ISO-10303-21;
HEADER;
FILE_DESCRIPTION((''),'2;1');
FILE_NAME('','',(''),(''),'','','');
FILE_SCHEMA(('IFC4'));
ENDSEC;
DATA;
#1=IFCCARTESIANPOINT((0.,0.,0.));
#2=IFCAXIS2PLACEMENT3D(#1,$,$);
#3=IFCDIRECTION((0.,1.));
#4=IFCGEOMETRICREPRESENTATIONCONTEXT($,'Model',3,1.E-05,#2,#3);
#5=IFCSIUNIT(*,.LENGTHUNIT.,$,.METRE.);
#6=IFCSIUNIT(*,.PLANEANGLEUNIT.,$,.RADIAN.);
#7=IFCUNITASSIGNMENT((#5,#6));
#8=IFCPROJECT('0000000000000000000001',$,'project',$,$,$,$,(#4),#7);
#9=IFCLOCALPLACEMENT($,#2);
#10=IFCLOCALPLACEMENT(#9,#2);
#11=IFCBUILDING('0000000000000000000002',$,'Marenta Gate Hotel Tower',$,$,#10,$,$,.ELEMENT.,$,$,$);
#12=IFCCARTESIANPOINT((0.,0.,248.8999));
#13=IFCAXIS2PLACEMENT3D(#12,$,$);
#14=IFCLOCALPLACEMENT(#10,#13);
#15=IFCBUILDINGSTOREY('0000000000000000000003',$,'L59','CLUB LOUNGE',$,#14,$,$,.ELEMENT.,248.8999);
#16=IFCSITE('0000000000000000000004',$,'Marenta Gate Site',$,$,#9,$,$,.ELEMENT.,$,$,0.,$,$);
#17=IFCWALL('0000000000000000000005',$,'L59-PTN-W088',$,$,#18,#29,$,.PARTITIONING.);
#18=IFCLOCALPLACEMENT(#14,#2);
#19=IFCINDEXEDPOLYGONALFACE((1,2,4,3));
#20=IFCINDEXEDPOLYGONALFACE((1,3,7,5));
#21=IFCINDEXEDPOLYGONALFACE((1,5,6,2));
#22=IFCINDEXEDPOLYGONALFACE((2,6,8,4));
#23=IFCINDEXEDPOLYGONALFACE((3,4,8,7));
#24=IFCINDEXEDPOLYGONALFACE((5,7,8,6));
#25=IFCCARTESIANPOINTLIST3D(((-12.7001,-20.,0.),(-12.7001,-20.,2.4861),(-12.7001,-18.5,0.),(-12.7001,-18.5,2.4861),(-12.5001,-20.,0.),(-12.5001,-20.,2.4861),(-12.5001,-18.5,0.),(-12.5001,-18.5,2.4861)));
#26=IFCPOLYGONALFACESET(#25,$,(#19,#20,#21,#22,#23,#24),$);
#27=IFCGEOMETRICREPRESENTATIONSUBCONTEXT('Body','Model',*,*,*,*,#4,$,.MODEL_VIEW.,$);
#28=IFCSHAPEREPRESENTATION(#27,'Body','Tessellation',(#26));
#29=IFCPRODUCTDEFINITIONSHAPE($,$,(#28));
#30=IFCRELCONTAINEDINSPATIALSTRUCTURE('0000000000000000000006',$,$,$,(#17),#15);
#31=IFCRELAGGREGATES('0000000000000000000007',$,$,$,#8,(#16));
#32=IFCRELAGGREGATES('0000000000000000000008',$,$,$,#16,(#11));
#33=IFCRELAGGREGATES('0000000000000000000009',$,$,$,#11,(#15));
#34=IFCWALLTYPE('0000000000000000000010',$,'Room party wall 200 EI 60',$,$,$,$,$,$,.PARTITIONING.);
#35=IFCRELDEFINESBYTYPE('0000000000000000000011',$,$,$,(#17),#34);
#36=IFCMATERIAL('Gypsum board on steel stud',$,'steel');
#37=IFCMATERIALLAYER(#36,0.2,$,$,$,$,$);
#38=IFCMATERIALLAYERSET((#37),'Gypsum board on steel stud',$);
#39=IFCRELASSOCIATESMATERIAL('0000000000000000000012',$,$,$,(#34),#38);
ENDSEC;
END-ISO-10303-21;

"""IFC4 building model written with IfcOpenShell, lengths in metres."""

from ifc_helpers import new_model, si_unit, direction, frame, frame_2d, origin, place, context, subcontext, project, spatial, rectangle, extrude, material, layer, layer_set, type_object, element, save


model = new_model("IFC4")

# Units and contexts
model_context = context("Model", 3, precision=1e-05, world=origin(), true_north=direction((0.0, 1.0)))
body_context = subcontext(model_context, "Body", "Model", "MODEL_VIEW")
ifc_project = project(units=[si_unit("LENGTHUNIT", "METRE"), si_unit("PLANEANGLEUNIT", "RADIAN")], contexts=[model_context])

# Site, building, storey
site_placement = place(None, origin())
site = spatial("IfcSite", under=ifc_project, at=site_placement, Name="Marenta Gate Site", CompositionType="ELEMENT", RefElevation=0.0)
building_placement = place(site_placement, origin())
building = spatial("IfcBuilding", under=site, at=building_placement, Name="Marenta Gate Hotel Tower", CompositionType="ELEMENT")
storey_placement = place(building_placement, frame((0.0, 0.0, 248.8999)))
storey = spatial("IfcBuildingStorey", under=building, at=storey_placement, Name="L59", Description="CLUB LOUNGE", CompositionType="ELEMENT", Elevation=248.8999)

# Wall
ifc_material_1 = material(Name="Gypsum board on steel stud", Category="steel")
ifc_layer_1 = layer(ifc_material_1, 0.2)
ifc_layer_set_1 = layer_set([ifc_layer_1], Name="Gypsum board on steel stud")
wall_type_1 = type_object("IfcWallType", Name="Room party wall 200 EI 60", PredefinedType="PARTITIONING", material=ifc_layer_set_1)
wall_1_placement = place(storey_placement, frame((-12.6001, -20.0, 0.0), z_axis=(0.0, 0.0, 1.0), x_axis=(0.0, 1.0, 0.0)))
element("IfcWall", 1, at=wall_1_placement, inside=storey, type_object=wall_type_1, Name="L59-PTN-W088", PredefinedType="PARTITIONING", context=body_context, shape_type="SweptSolid", body=[
    extrude(rectangle(XDim=1.5, YDim=0.2, at=frame_2d((0.75, 0.0))), origin(), (0.0, 0.0, 1.0), 2.4861),
])

save(model, "model.ifc")
